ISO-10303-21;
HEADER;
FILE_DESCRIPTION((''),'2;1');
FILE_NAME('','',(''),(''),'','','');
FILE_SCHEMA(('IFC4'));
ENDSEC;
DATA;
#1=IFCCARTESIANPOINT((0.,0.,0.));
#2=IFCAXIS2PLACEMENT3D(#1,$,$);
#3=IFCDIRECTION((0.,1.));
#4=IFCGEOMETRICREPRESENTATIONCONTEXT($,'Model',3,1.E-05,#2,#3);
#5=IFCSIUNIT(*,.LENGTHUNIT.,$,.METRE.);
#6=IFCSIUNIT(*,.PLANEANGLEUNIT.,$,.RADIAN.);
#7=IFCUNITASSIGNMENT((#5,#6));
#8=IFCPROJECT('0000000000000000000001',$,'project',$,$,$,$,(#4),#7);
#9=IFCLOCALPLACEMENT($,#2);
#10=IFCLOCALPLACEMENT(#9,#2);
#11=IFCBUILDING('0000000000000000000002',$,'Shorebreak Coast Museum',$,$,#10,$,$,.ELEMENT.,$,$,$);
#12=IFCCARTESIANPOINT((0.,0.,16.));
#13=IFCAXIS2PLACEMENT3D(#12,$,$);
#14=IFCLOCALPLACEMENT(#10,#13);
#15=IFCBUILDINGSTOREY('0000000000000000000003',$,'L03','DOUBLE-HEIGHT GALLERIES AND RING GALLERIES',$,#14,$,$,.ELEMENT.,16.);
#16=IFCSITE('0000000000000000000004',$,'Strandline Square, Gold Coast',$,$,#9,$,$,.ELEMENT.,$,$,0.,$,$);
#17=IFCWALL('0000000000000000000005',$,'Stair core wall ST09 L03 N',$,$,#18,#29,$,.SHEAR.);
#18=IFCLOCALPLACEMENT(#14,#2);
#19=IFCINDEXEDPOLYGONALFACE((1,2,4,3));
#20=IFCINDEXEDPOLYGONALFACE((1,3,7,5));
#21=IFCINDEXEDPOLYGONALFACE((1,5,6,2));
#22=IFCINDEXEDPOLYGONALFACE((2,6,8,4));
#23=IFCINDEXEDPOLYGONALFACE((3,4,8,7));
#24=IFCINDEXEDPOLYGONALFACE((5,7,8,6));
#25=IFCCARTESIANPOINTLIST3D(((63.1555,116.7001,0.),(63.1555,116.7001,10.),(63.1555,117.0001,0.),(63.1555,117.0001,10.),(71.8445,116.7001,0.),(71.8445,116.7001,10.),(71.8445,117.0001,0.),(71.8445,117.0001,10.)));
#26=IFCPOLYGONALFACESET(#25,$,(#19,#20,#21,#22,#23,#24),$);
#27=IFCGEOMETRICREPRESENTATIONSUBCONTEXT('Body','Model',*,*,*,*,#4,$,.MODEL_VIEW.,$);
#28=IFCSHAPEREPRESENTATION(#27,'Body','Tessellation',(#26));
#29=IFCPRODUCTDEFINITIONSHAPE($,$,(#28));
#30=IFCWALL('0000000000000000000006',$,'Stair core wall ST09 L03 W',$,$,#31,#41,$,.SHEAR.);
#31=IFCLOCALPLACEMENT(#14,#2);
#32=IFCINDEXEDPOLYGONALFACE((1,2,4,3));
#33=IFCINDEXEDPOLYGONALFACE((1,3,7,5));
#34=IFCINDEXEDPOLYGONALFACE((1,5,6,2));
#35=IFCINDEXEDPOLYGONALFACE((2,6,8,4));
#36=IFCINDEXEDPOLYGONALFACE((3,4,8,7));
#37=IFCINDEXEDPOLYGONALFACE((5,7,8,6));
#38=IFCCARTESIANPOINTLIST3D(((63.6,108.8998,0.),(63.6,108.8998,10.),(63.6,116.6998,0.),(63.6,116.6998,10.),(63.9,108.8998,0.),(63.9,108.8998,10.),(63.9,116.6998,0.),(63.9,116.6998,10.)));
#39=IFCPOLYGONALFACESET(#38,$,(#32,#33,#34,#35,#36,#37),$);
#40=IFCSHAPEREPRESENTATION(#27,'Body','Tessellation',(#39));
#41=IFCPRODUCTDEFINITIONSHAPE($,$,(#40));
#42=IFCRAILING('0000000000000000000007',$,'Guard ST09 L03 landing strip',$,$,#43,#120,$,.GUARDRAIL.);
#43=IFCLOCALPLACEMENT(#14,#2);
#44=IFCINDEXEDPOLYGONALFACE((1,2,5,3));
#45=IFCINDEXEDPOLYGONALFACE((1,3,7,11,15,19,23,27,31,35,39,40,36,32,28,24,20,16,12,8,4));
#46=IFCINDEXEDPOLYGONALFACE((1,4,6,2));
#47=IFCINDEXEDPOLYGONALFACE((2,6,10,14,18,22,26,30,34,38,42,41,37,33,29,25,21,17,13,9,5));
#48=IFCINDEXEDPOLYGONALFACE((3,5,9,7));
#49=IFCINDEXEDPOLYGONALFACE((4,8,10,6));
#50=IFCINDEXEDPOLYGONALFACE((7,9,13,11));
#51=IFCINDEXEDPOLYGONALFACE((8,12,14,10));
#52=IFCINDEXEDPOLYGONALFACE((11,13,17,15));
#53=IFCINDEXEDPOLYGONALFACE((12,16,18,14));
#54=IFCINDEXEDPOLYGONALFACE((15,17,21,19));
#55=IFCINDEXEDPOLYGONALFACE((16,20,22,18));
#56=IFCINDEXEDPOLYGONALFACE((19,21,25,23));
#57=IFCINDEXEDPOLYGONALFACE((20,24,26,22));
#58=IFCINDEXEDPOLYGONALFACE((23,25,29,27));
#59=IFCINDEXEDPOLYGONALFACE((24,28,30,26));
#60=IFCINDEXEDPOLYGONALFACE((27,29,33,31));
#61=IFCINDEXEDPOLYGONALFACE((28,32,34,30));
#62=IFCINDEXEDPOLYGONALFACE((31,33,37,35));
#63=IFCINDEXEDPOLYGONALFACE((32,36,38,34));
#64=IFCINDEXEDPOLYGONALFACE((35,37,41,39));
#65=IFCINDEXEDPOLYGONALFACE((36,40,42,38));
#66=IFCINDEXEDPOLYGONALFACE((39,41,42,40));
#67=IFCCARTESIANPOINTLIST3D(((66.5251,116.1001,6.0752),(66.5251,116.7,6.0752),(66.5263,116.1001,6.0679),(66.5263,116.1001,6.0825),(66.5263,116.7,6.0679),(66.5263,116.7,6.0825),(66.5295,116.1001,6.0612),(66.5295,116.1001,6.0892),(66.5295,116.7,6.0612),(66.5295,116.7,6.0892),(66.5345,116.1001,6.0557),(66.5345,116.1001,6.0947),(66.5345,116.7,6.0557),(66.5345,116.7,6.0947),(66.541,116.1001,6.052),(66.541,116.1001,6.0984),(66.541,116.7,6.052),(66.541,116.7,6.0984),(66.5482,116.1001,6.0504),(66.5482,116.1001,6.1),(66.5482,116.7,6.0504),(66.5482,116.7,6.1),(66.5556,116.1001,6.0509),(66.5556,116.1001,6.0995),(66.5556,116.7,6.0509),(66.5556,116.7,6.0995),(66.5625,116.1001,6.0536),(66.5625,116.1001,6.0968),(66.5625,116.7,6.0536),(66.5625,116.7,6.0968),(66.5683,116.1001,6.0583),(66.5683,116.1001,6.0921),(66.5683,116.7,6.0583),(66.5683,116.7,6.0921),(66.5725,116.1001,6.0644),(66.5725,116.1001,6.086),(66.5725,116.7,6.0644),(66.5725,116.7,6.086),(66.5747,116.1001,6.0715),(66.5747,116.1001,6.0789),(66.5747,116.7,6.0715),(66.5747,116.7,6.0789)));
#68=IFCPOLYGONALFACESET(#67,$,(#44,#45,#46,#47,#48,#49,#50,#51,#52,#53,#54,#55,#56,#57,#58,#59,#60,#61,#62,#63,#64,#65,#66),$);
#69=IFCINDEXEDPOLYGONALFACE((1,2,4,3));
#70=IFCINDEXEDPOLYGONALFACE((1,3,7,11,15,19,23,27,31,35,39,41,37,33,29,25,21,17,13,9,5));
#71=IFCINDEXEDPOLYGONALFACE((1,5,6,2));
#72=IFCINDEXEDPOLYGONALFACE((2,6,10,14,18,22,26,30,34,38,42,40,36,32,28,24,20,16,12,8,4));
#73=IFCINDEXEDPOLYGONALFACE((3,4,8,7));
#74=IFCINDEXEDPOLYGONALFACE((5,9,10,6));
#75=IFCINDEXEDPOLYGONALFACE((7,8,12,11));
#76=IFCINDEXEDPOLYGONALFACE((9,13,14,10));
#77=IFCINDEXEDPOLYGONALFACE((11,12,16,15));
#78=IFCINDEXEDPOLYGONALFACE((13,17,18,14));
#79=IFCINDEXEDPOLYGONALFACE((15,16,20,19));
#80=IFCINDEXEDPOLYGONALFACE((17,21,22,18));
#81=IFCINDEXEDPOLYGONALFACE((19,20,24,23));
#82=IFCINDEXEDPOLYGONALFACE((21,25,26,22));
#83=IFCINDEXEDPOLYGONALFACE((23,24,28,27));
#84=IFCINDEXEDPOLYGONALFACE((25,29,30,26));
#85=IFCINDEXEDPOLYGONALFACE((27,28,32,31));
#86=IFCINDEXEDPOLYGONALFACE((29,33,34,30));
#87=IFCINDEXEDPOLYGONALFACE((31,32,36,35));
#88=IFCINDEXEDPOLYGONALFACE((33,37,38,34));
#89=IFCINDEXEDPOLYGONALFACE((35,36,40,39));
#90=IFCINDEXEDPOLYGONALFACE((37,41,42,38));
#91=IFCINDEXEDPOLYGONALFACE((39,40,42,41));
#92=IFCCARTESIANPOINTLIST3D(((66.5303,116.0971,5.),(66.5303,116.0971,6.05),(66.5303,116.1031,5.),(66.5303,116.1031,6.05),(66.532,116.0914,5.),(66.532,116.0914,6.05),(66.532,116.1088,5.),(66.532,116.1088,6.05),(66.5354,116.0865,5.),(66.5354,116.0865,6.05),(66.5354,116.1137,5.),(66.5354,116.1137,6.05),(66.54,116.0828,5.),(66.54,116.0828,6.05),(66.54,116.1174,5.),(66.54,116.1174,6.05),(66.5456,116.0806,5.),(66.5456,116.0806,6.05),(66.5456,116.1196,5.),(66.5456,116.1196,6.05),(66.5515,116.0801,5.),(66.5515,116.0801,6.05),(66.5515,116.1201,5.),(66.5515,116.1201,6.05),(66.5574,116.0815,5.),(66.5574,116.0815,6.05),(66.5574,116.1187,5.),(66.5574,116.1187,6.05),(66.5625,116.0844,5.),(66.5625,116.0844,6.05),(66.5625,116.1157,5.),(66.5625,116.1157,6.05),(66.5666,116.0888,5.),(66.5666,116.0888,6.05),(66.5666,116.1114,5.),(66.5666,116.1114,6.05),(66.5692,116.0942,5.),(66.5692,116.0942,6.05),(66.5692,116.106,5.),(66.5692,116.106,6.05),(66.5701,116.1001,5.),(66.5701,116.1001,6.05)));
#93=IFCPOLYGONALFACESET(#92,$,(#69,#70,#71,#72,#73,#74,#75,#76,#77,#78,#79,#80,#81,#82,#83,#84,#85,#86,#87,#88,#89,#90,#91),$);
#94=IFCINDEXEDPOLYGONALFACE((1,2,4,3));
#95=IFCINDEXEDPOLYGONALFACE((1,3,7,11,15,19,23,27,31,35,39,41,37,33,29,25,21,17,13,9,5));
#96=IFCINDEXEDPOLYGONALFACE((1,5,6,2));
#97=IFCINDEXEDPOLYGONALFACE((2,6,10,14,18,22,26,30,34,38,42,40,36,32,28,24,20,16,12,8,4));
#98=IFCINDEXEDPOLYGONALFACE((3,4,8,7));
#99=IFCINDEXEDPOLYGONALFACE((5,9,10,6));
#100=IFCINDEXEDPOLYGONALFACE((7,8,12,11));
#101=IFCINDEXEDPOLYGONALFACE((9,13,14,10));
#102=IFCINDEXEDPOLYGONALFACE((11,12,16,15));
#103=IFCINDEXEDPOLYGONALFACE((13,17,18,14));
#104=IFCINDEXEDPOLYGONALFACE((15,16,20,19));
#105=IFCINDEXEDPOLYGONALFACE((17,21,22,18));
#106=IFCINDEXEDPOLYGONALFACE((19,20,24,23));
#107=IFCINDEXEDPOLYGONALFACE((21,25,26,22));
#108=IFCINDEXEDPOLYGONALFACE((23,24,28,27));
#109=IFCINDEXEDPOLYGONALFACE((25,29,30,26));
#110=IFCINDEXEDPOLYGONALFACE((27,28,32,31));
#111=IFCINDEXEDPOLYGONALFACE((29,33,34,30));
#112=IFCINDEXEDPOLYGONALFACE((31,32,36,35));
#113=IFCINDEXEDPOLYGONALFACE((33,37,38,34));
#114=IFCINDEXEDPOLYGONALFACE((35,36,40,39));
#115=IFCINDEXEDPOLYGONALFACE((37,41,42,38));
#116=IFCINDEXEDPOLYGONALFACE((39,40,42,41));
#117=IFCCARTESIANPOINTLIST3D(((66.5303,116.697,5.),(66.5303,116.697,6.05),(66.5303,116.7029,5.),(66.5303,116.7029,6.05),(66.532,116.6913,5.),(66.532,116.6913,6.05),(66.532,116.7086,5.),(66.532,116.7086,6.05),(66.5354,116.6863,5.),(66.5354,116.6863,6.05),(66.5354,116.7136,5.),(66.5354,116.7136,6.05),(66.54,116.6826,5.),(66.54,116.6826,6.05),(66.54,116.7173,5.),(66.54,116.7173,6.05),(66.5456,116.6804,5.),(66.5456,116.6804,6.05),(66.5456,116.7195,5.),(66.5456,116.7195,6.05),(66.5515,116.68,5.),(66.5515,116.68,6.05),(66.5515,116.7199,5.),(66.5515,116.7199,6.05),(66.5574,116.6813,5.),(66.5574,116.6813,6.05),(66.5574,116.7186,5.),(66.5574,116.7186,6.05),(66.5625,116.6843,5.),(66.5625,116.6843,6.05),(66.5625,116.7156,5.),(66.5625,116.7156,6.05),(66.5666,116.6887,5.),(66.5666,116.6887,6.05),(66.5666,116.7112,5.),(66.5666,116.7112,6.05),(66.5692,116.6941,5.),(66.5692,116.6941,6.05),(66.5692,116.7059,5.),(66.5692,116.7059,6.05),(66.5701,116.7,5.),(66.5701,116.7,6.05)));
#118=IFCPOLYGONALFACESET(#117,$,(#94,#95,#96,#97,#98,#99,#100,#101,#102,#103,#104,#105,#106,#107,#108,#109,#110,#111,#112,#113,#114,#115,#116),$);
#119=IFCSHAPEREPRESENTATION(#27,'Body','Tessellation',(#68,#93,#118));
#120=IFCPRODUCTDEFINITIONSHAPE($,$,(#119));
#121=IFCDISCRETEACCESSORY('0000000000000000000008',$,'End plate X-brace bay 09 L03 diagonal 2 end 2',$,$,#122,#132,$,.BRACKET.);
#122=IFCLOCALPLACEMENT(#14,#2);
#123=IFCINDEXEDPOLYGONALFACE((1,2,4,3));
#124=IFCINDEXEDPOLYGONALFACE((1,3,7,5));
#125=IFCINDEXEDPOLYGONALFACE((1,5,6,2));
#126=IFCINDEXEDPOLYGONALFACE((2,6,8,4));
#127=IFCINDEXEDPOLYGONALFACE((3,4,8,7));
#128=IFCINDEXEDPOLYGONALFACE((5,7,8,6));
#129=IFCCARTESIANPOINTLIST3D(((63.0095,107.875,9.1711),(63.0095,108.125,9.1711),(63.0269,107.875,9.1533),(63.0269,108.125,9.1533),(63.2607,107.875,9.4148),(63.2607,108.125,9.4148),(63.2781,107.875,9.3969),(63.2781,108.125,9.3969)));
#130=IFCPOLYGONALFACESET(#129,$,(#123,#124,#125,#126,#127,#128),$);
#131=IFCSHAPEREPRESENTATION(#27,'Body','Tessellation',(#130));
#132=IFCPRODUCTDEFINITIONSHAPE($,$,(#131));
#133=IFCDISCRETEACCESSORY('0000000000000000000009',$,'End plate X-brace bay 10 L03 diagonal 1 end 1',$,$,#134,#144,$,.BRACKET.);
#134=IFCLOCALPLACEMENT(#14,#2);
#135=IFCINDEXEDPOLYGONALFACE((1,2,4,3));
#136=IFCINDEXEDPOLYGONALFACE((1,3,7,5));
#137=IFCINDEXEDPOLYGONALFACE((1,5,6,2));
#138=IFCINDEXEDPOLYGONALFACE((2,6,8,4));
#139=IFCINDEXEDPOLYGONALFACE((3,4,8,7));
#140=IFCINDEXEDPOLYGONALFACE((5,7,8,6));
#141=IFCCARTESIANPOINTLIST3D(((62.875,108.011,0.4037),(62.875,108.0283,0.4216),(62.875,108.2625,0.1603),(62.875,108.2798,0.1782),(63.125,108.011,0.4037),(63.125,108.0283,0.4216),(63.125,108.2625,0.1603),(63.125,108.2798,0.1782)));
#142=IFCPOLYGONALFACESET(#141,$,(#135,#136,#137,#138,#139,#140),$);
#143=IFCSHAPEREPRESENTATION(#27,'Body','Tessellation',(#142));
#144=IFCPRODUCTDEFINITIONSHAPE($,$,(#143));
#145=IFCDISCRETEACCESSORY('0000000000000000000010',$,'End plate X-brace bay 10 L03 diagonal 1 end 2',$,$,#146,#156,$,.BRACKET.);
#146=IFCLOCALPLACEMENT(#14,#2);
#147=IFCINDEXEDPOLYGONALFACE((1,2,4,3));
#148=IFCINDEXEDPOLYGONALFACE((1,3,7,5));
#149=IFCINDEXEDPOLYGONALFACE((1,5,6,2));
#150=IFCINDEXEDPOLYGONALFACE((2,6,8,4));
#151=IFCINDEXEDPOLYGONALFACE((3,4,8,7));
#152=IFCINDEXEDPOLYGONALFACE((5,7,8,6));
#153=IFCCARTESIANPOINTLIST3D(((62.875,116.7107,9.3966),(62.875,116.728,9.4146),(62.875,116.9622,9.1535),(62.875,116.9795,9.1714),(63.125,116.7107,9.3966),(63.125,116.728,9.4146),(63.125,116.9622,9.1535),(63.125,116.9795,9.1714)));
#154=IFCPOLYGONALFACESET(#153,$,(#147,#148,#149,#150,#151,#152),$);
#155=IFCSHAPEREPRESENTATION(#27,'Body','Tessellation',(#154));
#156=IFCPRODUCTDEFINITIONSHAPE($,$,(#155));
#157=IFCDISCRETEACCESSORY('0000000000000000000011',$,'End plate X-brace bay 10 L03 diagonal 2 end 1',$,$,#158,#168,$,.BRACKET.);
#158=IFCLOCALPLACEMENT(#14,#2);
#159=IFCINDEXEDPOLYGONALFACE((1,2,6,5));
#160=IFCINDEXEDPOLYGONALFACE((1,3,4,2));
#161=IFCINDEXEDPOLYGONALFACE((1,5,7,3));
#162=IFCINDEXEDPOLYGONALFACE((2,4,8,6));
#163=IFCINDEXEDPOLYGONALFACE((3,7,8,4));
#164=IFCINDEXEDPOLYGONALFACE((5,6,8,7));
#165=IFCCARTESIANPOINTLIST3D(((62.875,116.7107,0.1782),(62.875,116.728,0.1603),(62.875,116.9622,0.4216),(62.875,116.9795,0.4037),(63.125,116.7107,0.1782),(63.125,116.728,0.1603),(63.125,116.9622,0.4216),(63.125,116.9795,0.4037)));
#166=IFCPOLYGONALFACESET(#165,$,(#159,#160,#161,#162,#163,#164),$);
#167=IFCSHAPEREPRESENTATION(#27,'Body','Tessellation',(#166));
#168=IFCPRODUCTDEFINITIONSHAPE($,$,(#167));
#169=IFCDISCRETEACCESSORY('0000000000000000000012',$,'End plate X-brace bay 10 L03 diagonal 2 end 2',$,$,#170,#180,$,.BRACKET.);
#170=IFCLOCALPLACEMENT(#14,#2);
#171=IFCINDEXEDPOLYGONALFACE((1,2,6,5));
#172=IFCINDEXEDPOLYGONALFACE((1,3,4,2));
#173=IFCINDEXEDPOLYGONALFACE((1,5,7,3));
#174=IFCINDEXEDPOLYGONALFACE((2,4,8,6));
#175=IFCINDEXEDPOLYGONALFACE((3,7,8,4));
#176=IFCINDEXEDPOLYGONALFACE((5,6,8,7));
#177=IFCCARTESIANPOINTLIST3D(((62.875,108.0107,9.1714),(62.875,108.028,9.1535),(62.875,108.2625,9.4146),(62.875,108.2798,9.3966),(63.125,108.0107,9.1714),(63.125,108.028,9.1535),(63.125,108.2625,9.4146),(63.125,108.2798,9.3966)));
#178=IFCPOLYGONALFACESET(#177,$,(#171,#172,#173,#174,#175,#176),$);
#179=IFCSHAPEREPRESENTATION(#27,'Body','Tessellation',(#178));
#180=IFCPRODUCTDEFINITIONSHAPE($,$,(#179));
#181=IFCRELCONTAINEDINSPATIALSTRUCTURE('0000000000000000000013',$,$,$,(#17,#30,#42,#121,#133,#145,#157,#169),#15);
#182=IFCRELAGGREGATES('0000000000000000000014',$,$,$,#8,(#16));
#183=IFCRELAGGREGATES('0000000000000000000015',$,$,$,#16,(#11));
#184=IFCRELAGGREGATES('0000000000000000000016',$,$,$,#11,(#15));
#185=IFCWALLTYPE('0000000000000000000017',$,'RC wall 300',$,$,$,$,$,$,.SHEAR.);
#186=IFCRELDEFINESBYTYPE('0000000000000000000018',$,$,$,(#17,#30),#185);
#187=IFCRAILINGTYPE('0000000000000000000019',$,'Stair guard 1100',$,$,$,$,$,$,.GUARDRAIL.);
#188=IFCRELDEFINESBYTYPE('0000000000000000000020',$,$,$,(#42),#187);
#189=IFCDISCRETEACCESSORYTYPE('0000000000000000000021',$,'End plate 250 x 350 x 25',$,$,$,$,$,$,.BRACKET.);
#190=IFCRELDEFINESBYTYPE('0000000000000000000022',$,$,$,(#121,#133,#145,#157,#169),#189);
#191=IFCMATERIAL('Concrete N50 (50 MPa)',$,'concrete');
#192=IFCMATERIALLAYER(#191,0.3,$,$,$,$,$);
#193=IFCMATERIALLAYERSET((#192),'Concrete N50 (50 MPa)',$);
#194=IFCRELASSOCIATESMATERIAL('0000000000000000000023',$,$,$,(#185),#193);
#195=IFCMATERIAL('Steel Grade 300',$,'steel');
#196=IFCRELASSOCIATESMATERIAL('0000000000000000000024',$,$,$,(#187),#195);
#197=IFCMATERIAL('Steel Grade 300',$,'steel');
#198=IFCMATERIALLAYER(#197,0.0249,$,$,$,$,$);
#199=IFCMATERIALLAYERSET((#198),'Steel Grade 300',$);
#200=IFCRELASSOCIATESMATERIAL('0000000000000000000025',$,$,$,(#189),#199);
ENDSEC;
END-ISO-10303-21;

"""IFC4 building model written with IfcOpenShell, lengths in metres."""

from ifc_helpers import new_model, si_unit, direction, frame, frame_2d, origin, origin_2d, place, context, subcontext, project, spatial, polyline, rectangle, circle, outline, extrude, material, layer, layer_set, type_object, element, save


model = new_model("IFC4")

# Units and contexts
model_context = context("Model", 3, precision=1e-05, world=origin(), true_north=direction((0.0, 1.0)))
body_context = subcontext(model_context, "Body", "Model", "MODEL_VIEW")
ifc_project = project(units=[si_unit("LENGTHUNIT", "METRE"), si_unit("PLANEANGLEUNIT", "RADIAN")], contexts=[model_context])

# Site, building, storey
site_placement = place(None, origin())
site = spatial("IfcSite", under=ifc_project, at=site_placement, Name="Strandline Square, Gold Coast", CompositionType="ELEMENT", RefElevation=0.0)
building_placement = place(site_placement, origin())
building = spatial("IfcBuilding", under=site, at=building_placement, Name="Shorebreak Coast Museum", CompositionType="ELEMENT")
storey_placement = place(building_placement, frame((0.0, 0.0, 16.0)))
storey = spatial("IfcBuildingStorey", under=building, at=storey_placement, Name="L03", Description="DOUBLE-HEIGHT GALLERIES AND RING GALLERIES", CompositionType="ELEMENT", Elevation=16.0)

# Walls
ifc_material_1 = material(Name="Concrete N50 (50 MPa)", Category="concrete")
ifc_layer_1 = layer(ifc_material_1, 0.3)
ifc_layer_set_1 = layer_set([ifc_layer_1], Name="Concrete N50 (50 MPa)")
wall_type_1 = type_object("IfcWallType", Name="RC wall 300", PredefinedType="SHEAR", material=ifc_layer_set_1)
wall_1_placement = place(storey_placement, frame((63.1555, 116.8501, 0.0), z_axis=(0.0, 0.0, 1.0), x_axis=(1.0, 0.0, 0.0)))
element("IfcWall", 1, at=wall_1_placement, inside=storey, type_object=wall_type_1, Name="Stair core wall ST09 L03 N", PredefinedType="SHEAR", context=body_context, shape_type="SweptSolid", body=[
    extrude(rectangle(XDim=8.689, YDim=0.3, at=frame_2d((4.3445, 0.0))), origin(), (0.0, 0.0, 1.0), 10.0),
])
wall_2_placement = place(storey_placement, frame((63.75, 108.8999, 0.0), z_axis=(0.0, 0.0, 1.0), x_axis=(0.0, 1.0, 0.0)))
element("IfcWall", 2, at=wall_2_placement, inside=storey, type_object=wall_type_1, Name="Stair core wall ST09 L03 W", PredefinedType="SHEAR", context=body_context, shape_type="SweptSolid", body=[
    extrude(rectangle(XDim=7.8, YDim=0.3, at=frame_2d((3.8999, 0.0))), origin(), (0.0, 0.0, 1.0), 10.0),
])

# Railing
ifc_material_2 = material(Name="Steel Grade 300", Category="steel")
railing_type = type_object("IfcRailingType", Name="Stair guard 1100", PredefinedType="GUARDRAIL", material=ifc_material_2)
railing_placement = place(storey_placement, frame((66.55, 116.1001, 5.0)))
element("IfcRailing", 3, at=railing_placement, inside=storey, type_object=railing_type, Name="Guard ST09 L03 landing strip", PredefinedType="GUARDRAIL", context=body_context, shape_type="SweptSolid", body=[
    extrude(circle(Radius=0.0249, at=origin_2d()), frame((0.0, 0.0, 1.0752), z_axis=(0.0, 1.0, 0.0), x_axis=(-1.0, 0.0, 0.0)), (0.0, 0.0, 1.0), 0.5999),
    extrude(circle(Radius=0.02, at=origin_2d()), origin(), (0.0, 0.0, 1.0), 1.05),
    extrude(circle(Radius=0.02, at=origin_2d()), frame((0.0, 0.5999, 0.0)), (0.0, 0.0, 1.0), 1.05),
])

# Discrete accessories
ifc_material_3 = material(Name="Steel Grade 300", Category="steel")
ifc_layer_2 = layer(ifc_material_3, 0.0249)
ifc_layer_set_2 = layer_set([ifc_layer_2], Name="Steel Grade 300")
discrete_accessory_type = type_object("IfcDiscreteAccessoryType", Name="End plate 250 x 350 x 25", PredefinedType="BRACKET", material=ifc_layer_set_2)
discrete_accessory_1_placement = place(storey_placement, frame((63.0095, 108.125, 9.1711), z_axis=(-0.696211, 0.0, 0.717837), x_axis=(0.0, -1.0, 0.0)))
element("IfcDiscreteAccessory", 4, at=discrete_accessory_1_placement, inside=storey, type_object=discrete_accessory_type, Name="End plate X-brace bay 09 L03 diagonal 2 end 2", PredefinedType="BRACKET", context=body_context, shape_type="SweptSolid", body=[
    extrude(outline(polyline([(0.0, 0.0), (0.25, 0.0), (0.25, 0.35), (0.0, 0.35), (0.0, 0.0)])), origin(), (0.0, 0.0, -1.0), 0.0249),
])
discrete_accessory_2_placement = place(storey_placement, frame((63.125, 108.2798, 0.1782), z_axis=(0.0, 0.695503, 0.718523), x_axis=(-1.0, 0.0, 0.0)))
element("IfcDiscreteAccessory", 5, at=discrete_accessory_2_placement, inside=storey, type_object=discrete_accessory_type, Name="End plate X-brace bay 10 L03 diagonal 1 end 1", PredefinedType="BRACKET", context=body_context, shape_type="SweptSolid", body=[
    extrude(outline(polyline([(0.0, 0.0), (0.25, 0.0), (0.25, 0.35), (0.0, 0.35), (0.0, 0.0)])), origin(), (0.0, 0.0, -1.0), 0.0249),
])
discrete_accessory_3_placement = place(storey_placement, frame((63.125, 116.9795, 9.1714), z_axis=(0.0, 0.695142, 0.718872), x_axis=(-1.0, 0.0, 0.0)))
element("IfcDiscreteAccessory", 6, at=discrete_accessory_3_placement, inside=storey, type_object=discrete_accessory_type, Name="End plate X-brace bay 10 L03 diagonal 1 end 2", PredefinedType="BRACKET", context=body_context, shape_type="SweptSolid", body=[
    extrude(outline(polyline([(0.0, 0.0), (0.25, 0.0), (0.25, 0.3498), (0.0, 0.3498), (0.0, 0.0)])), origin(), (0.0, 0.0, -1.0), 0.0249),
])
discrete_accessory_4_placement = place(storey_placement, frame((62.875, 116.7107, 0.1782), z_axis=(0.0, -0.695503, 0.718523), x_axis=(1.0, 0.0, 0.0)))
element("IfcDiscreteAccessory", 7, at=discrete_accessory_4_placement, inside=storey, type_object=discrete_accessory_type, Name="End plate X-brace bay 10 L03 diagonal 2 end 1", PredefinedType="BRACKET", context=body_context, shape_type="SweptSolid", body=[
    extrude(outline(polyline([(0.0, 0.0), (0.25, 0.0), (0.25, 0.35), (0.0, 0.35), (0.0, 0.0)])), origin(), (0.0, 0.0, -1.0), 0.0249),
])
discrete_accessory_5_placement = place(storey_placement, frame((62.875, 108.0107, 9.1714), z_axis=(0.0, -0.694794, 0.719209), x_axis=(1.0, 0.0, 0.0)))
element("IfcDiscreteAccessory", 8, at=discrete_accessory_5_placement, inside=storey, type_object=discrete_accessory_type, Name="End plate X-brace bay 10 L03 diagonal 2 end 2", PredefinedType="BRACKET", context=body_context, shape_type="SweptSolid", body=[
    extrude(outline(polyline([(0.0, 0.0), (0.25, 0.0), (0.25, 0.35), (0.0, 0.35), (0.0, 0.0)])), origin(), (0.0, 0.0, -1.0), 0.0249),
])

save(model, "model.ifc")
